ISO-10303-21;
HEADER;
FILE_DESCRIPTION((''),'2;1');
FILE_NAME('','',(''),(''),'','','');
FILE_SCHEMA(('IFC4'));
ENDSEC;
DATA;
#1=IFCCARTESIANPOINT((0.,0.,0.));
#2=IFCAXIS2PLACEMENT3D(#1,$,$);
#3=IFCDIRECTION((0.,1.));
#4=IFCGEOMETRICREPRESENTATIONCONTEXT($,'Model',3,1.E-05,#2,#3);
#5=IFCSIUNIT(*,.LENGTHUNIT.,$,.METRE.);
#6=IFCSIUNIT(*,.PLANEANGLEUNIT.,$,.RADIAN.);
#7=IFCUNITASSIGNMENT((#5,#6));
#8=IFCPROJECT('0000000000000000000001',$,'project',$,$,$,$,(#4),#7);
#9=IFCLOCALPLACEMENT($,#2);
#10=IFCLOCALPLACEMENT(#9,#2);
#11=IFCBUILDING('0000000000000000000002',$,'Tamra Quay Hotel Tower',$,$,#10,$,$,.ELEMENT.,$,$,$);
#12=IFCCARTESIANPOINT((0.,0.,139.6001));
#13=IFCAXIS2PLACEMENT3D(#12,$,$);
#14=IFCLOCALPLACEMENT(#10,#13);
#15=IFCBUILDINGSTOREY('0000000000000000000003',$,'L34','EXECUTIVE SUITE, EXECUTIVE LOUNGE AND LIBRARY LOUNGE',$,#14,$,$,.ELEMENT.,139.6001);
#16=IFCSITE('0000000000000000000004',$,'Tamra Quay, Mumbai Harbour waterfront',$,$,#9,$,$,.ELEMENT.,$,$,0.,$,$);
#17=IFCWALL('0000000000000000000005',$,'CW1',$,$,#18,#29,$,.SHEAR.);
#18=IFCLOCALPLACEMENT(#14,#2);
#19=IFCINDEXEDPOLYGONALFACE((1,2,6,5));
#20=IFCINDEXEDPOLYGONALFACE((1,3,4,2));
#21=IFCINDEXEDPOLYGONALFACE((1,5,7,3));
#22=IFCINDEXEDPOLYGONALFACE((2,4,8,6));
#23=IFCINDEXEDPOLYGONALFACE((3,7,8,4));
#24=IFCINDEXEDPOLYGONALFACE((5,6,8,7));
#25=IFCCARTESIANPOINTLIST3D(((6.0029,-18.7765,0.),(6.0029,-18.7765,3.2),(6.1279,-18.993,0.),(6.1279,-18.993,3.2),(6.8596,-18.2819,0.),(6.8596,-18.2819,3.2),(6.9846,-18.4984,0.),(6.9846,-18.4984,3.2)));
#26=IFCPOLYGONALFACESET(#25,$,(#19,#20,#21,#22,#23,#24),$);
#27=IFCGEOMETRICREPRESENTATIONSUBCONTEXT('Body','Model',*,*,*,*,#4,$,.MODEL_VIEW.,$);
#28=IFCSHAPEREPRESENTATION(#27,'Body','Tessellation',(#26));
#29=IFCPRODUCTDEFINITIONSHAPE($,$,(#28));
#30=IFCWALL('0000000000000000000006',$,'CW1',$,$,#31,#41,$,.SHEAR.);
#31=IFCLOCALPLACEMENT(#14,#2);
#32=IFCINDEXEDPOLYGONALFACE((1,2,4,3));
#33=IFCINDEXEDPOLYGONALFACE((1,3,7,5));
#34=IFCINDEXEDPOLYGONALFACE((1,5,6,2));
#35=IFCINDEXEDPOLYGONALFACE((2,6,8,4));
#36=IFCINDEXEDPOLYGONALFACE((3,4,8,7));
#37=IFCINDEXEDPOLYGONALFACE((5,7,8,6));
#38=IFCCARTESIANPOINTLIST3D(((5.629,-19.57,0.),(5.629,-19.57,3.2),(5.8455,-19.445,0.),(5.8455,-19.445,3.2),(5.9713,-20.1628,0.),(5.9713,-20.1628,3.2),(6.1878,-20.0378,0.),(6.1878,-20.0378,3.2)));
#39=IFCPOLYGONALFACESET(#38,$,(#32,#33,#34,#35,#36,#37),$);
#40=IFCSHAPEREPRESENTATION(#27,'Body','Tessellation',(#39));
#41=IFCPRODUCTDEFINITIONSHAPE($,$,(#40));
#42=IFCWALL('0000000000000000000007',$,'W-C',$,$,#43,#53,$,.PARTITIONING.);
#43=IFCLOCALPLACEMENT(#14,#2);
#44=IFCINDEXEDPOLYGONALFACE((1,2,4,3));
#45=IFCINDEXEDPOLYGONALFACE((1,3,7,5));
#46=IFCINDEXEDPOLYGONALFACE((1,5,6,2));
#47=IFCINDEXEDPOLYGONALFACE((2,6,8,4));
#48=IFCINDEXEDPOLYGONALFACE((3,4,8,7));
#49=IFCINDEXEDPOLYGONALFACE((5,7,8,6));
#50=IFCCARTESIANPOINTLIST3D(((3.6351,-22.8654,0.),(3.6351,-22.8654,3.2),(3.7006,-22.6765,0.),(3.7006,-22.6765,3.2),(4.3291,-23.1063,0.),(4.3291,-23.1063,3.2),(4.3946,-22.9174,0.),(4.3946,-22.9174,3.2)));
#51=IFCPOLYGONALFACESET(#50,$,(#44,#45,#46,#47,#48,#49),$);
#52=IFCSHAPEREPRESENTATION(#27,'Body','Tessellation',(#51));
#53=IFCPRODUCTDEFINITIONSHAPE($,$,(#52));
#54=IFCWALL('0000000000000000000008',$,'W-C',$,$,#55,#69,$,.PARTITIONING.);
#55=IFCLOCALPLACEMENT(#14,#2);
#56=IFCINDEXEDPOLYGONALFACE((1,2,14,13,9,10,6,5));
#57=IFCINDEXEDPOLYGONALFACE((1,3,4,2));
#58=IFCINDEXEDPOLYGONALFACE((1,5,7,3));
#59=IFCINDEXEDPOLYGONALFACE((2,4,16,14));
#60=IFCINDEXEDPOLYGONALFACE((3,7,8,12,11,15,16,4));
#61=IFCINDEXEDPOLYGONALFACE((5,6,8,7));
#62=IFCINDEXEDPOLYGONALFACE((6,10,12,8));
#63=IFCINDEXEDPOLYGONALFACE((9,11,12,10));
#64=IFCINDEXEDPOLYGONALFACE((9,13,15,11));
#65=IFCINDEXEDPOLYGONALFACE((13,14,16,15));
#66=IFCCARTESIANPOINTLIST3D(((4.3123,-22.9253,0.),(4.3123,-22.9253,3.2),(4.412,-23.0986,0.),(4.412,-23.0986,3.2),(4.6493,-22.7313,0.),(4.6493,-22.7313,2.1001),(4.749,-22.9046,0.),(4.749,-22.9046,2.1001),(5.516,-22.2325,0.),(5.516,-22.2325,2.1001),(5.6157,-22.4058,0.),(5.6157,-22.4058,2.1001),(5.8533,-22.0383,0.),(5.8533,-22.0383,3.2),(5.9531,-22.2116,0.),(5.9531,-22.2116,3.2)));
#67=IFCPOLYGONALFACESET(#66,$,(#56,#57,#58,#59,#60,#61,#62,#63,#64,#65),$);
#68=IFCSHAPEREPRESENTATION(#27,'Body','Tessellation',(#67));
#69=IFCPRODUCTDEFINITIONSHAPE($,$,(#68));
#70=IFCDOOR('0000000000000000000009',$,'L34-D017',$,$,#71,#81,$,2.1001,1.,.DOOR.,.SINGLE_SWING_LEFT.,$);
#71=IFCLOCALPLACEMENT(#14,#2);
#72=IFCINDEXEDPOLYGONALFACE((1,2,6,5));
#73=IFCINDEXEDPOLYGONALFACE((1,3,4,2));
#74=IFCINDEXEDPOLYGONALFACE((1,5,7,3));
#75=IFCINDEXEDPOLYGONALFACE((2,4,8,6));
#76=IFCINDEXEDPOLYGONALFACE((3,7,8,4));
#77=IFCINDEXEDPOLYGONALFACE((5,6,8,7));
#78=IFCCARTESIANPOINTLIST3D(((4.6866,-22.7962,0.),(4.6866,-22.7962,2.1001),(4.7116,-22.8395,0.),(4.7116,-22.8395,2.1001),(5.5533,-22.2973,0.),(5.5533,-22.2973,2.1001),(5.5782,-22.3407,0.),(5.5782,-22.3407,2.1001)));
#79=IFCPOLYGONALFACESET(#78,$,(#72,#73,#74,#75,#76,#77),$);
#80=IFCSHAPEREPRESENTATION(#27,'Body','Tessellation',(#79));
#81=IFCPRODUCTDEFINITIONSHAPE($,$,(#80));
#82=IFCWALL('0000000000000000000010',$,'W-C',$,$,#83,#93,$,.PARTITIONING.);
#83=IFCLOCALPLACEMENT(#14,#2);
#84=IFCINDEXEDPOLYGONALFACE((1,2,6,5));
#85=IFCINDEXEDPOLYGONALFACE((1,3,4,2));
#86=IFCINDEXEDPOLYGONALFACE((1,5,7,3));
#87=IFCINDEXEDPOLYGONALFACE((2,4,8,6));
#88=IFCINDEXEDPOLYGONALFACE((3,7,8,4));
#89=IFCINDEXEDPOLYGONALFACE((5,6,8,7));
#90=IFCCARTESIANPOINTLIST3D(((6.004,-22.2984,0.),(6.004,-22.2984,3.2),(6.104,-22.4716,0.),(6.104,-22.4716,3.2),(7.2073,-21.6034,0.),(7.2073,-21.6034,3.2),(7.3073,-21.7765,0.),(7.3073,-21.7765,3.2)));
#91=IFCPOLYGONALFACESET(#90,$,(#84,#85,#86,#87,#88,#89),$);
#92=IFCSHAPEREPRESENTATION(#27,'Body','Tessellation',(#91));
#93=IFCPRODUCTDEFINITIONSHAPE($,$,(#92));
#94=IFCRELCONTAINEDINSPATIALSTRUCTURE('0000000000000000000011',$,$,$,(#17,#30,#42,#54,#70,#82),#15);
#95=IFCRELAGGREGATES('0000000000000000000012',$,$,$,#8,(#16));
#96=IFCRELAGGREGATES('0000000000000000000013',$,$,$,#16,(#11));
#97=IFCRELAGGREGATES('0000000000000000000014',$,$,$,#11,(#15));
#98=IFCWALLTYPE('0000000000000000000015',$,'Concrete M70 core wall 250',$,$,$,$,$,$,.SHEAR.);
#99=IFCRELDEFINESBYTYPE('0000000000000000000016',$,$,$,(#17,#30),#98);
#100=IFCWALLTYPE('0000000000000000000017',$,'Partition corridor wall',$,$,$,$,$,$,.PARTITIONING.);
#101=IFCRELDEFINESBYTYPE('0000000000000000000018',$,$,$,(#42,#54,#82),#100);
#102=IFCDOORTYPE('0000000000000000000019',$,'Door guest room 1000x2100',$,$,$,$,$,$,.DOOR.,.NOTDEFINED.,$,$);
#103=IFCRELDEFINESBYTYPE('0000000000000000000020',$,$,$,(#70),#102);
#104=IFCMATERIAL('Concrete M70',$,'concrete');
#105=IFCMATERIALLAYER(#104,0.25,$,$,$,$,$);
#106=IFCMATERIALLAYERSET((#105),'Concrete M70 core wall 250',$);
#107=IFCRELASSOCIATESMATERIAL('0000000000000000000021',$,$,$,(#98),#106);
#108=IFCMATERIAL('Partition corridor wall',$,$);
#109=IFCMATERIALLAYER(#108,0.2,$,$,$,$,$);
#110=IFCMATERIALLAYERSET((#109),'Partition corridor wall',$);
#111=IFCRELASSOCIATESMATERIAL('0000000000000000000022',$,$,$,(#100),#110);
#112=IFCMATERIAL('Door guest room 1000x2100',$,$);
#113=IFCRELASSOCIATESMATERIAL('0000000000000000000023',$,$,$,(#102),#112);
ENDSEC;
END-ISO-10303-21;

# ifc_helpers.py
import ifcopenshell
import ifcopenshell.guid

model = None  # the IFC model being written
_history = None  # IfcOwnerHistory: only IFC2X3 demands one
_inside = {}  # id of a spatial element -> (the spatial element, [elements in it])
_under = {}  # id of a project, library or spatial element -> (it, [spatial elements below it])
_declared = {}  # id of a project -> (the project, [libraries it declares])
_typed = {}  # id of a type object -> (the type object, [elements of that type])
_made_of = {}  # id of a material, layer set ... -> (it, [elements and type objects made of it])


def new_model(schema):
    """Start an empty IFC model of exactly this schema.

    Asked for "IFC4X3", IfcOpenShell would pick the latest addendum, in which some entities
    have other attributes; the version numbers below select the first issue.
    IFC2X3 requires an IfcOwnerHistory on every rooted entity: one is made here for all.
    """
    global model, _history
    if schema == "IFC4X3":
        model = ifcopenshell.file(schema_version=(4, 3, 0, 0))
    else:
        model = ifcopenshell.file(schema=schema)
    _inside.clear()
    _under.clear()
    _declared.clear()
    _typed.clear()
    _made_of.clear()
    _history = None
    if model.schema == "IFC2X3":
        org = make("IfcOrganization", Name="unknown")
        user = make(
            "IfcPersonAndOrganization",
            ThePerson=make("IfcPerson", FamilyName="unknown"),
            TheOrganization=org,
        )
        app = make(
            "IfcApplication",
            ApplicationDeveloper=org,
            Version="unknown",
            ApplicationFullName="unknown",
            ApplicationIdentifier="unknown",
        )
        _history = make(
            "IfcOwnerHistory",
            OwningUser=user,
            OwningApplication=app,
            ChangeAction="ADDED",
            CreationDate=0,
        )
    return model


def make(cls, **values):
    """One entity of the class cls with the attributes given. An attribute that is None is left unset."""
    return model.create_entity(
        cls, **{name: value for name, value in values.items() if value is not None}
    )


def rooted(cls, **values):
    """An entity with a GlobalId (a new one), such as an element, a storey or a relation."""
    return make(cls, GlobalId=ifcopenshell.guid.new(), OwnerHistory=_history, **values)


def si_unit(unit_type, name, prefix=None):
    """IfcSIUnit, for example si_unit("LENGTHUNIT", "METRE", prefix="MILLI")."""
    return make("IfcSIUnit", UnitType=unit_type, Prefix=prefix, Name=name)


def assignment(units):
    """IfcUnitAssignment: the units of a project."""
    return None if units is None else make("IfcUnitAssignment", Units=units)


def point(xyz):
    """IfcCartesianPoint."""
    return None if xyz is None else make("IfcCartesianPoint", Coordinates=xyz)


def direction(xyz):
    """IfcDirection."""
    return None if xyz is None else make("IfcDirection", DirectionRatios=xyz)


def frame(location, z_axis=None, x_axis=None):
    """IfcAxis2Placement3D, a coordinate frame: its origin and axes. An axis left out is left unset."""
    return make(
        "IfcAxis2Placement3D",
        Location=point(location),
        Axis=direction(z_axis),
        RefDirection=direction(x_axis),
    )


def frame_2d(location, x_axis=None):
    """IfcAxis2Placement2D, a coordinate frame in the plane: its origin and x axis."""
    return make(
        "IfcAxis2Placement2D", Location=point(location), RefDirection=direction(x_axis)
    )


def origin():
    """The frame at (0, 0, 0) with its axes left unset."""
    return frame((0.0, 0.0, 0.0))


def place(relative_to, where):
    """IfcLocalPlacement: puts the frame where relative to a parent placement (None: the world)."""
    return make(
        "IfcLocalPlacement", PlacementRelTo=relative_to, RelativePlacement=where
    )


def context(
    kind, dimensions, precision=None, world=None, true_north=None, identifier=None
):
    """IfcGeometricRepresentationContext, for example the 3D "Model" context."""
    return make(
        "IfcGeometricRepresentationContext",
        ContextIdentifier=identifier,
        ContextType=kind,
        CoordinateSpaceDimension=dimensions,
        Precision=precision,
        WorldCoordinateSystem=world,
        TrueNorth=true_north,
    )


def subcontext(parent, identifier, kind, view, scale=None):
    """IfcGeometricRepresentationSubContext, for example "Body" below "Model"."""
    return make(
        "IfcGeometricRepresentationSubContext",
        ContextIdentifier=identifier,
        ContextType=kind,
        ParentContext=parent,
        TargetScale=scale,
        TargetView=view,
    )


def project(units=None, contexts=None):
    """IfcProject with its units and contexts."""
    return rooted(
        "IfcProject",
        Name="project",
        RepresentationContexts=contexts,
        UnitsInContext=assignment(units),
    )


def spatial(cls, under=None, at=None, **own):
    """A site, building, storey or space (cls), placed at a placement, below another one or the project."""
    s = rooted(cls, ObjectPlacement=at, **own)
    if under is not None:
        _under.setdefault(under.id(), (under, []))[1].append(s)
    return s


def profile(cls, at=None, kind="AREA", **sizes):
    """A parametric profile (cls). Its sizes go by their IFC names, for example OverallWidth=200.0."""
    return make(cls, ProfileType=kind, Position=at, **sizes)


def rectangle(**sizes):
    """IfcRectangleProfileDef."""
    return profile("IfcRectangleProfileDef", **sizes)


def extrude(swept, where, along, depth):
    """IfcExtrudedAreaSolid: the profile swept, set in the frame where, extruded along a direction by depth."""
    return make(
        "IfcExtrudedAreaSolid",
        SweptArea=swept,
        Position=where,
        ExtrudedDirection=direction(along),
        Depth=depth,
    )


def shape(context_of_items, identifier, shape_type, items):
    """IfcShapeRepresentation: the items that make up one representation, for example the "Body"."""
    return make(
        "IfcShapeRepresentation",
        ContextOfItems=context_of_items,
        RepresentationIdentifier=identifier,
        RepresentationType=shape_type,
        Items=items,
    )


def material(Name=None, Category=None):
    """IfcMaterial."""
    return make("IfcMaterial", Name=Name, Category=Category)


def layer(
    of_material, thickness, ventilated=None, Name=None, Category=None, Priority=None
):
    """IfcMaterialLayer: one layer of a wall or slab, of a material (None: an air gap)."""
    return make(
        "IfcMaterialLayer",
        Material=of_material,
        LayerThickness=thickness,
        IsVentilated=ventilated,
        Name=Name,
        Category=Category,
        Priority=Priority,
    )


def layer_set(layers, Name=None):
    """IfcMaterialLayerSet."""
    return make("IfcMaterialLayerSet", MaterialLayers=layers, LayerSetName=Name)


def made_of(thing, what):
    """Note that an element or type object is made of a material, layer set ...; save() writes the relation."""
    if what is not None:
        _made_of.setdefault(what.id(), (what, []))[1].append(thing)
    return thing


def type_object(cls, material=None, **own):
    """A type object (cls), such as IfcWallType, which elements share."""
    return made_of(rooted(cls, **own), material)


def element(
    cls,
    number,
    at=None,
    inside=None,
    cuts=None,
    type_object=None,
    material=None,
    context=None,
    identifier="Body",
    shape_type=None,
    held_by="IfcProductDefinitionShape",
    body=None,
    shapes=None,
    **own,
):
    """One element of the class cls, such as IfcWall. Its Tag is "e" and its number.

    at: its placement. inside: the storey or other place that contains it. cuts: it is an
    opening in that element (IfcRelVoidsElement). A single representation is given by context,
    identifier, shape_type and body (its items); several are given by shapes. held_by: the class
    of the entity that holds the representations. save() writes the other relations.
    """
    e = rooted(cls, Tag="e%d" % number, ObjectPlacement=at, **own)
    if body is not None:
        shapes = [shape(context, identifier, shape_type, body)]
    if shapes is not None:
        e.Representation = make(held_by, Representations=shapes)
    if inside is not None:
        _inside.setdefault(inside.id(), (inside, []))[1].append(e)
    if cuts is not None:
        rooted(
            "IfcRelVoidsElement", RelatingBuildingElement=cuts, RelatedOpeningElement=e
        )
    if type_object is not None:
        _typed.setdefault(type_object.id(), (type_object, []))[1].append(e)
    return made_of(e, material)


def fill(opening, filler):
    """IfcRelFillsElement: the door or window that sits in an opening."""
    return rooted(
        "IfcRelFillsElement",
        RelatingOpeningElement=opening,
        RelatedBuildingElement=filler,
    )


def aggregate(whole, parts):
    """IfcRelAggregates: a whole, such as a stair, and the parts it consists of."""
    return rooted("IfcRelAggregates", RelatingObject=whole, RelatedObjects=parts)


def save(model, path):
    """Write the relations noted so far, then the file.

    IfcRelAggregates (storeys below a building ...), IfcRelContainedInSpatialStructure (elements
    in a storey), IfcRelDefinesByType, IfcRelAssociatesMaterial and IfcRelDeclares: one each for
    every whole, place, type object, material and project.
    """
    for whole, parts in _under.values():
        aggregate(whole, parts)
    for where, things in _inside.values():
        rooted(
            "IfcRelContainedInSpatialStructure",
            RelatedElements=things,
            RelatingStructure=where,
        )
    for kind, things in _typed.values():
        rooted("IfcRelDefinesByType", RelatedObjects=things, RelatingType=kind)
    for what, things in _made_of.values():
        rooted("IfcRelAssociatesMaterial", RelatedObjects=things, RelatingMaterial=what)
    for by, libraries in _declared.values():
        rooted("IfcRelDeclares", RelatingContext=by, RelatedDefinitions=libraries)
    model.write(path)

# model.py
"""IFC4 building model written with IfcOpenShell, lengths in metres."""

from ifc_helpers import new_model, si_unit, direction, frame, frame_2d, origin, place, context, subcontext, project, spatial, rectangle, extrude, material, layer, layer_set, type_object, element, fill, save


model = new_model("IFC4")

# Units and contexts
model_context = context("Model", 3, precision=1e-05, world=origin(), true_north=direction((0.0, 1.0)))
body_context = subcontext(model_context, "Body", "Model", "MODEL_VIEW")
ifc_project = project(units=[si_unit("LENGTHUNIT", "METRE"), si_unit("PLANEANGLEUNIT", "RADIAN")], contexts=[model_context])

# Site, building, storey
site_placement = place(None, origin())
site = spatial("IfcSite", under=ifc_project, at=site_placement, Name="Tamra Quay, Mumbai Harbour waterfront", CompositionType="ELEMENT", RefElevation=0.0)
building_placement = place(site_placement, origin())
building = spatial("IfcBuilding", under=site, at=building_placement, Name="Tamra Quay Hotel Tower", CompositionType="ELEMENT")
storey_placement = place(building_placement, frame((0.0, 0.0, 139.6001)))
storey = spatial("IfcBuildingStorey", under=building, at=storey_placement, Name="L34", Description="EXECUTIVE SUITE, EXECUTIVE LOUNGE AND LIBRARY LOUNGE", CompositionType="ELEMENT", Elevation=139.6001)

# Shared definitions
ifc_material_1 = material(Name="Concrete M70", Category="concrete")

# Shared definitions
ifc_layer_1 = layer(ifc_material_1, 0.25)
ifc_layer_set_1 = layer_set([ifc_layer_1], Name="Concrete M70 core wall 250")
wall_type_1 = type_object("IfcWallType", Name="Concrete M70 core wall 250", PredefinedType="SHEAR", material=ifc_layer_set_1)

# Walls
wall_1_placement = place(storey_placement, frame((6.0654, -18.8848, 0.0), z_axis=(0.0, 0.0, 1.0), x_axis=(0.866017, 0.500014, 0.0)))
element("IfcWall", 1, at=wall_1_placement, inside=storey, type_object=wall_type_1, Name="CW1", PredefinedType="SHEAR", context=body_context, shape_type="SweptSolid", body=[
    extrude(rectangle(XDim=0.9893, YDim=0.25, at=frame_2d((0.4946, 0.0))), origin(), (0.0, 0.0, 1.0), 3.2),
])
wall_2_placement = place(storey_placement, frame((6.0796, -20.1003, 0.0), z_axis=(0.0, 0.0, 1.0), x_axis=(-0.500052, 0.865996, 0.0)))
element("IfcWall", 2, at=wall_2_placement, inside=storey, type_object=wall_type_1, Name="CW1", PredefinedType="SHEAR", context=body_context, shape_type="SweptSolid", body=[
    extrude(rectangle(XDim=0.6846, YDim=0.25, at=frame_2d((0.3423, 0.0))), origin(), (0.0, 0.0, 1.0), 3.2),
])
ifc_material_2 = material(Name="Partition corridor wall")
ifc_layer_2 = layer(ifc_material_2, 0.2)
ifc_layer_set_2 = layer_set([ifc_layer_2], Name="Partition corridor wall")
wall_type_2 = type_object("IfcWallType", Name="Partition corridor wall", PredefinedType="PARTITIONING", material=ifc_layer_set_2)
wall_3_placement = place(storey_placement, frame((3.668, -22.771, 0.0), z_axis=(0.0, 0.0, 1.0), x_axis=(0.944689, -0.327966, 0.0)))
element("IfcWall", 3, at=wall_3_placement, inside=storey, type_object=wall_type_2, Name="W-C", PredefinedType="PARTITIONING", context=body_context, shape_type="SweptSolid", body=[
    extrude(rectangle(XDim=0.7346, YDim=0.2, at=frame_2d((0.3672, 0.0))), origin(), (0.0, 0.0, 1.0), 3.2),
])

# Wall, opening, door
wall_4_placement = place(storey_placement, frame((4.3621, -23.012, 0.0), z_axis=(0.0, 0.0, 1.0), x_axis=(0.866693, 0.498843, 0.0)))
wall_4 = element("IfcWall", 4, at=wall_4_placement, inside=storey, type_object=wall_type_2, Name="W-C", PredefinedType="PARTITIONING", context=body_context, shape_type="SweptSolid", body=[
    extrude(rectangle(XDim=1.7781, YDim=0.2, at=frame_2d((0.8892, 0.0))), origin(), (0.0, 0.0, 1.0), 3.2),
])
opening_1_placement = place(wall_4_placement, frame((0.3889, 0.0, 0.0)))
opening_1 = element("IfcOpeningElement", 5, at=opening_1_placement, cuts=wall_4, PredefinedType="OPENING", context=body_context, shape_type="SweptSolid", body=[
    extrude(rectangle(XDim=1.0, YDim=2.1001, at=frame_2d((0.5, 1.05))), frame((0.0, 0.1099, 0.0), z_axis=(0.0, -1.0, 0.0), x_axis=(1.0, 0.0, 0.0)), (0.0, 0.0, 1.0), 0.22),
])
ifc_material_3 = material(Name="Door guest room 1000x2100")
door_type_1 = type_object("IfcDoorType", Name="Door guest room 1000x2100", OperationType="NOTDEFINED", PredefinedType="DOOR", material=ifc_material_3)
door_1_placement = place(opening_1_placement, frame((1.0, 0.0, 0.0), z_axis=(0.0, 0.0, 1.0), x_axis=(-1.0, 0.0, 0.0)))
door_1 = element("IfcDoor", 6, at=door_1_placement, inside=storey, type_object=door_type_1, Name="L34-D017", OperationType="SINGLE_SWING_LEFT", OverallHeight=2.1001, OverallWidth=1.0, PredefinedType="DOOR", context=body_context, shape_type="SweptSolid", body=[
    extrude(rectangle(XDim=1.0, YDim=2.1001, at=frame_2d((0.5, 1.05))), frame((0.0, 0.0249, 0.0), z_axis=(0.0, -1.0, 0.0), x_axis=(1.0, 0.0, 0.0)), (0.0, 0.0, 1.0), 0.05),
])
fill(opening_1, door_1)

# Wall
wall_5_placement = place(storey_placement, frame((6.054, -22.385, 0.0), z_axis=(0.0, 0.0, 1.0), x_axis=(0.865931, 0.500163, 0.0)))
element("IfcWall", 7, at=wall_5_placement, inside=storey, type_object=wall_type_2, Name="W-C", PredefinedType="PARTITIONING", context=body_context, shape_type="SweptSolid", body=[
    extrude(rectangle(XDim=1.3896, YDim=0.2, at=frame_2d((0.6948, 0.0))), origin(), (0.0, 0.0, 1.0), 3.2),
])

save(model, "model.ifc")
